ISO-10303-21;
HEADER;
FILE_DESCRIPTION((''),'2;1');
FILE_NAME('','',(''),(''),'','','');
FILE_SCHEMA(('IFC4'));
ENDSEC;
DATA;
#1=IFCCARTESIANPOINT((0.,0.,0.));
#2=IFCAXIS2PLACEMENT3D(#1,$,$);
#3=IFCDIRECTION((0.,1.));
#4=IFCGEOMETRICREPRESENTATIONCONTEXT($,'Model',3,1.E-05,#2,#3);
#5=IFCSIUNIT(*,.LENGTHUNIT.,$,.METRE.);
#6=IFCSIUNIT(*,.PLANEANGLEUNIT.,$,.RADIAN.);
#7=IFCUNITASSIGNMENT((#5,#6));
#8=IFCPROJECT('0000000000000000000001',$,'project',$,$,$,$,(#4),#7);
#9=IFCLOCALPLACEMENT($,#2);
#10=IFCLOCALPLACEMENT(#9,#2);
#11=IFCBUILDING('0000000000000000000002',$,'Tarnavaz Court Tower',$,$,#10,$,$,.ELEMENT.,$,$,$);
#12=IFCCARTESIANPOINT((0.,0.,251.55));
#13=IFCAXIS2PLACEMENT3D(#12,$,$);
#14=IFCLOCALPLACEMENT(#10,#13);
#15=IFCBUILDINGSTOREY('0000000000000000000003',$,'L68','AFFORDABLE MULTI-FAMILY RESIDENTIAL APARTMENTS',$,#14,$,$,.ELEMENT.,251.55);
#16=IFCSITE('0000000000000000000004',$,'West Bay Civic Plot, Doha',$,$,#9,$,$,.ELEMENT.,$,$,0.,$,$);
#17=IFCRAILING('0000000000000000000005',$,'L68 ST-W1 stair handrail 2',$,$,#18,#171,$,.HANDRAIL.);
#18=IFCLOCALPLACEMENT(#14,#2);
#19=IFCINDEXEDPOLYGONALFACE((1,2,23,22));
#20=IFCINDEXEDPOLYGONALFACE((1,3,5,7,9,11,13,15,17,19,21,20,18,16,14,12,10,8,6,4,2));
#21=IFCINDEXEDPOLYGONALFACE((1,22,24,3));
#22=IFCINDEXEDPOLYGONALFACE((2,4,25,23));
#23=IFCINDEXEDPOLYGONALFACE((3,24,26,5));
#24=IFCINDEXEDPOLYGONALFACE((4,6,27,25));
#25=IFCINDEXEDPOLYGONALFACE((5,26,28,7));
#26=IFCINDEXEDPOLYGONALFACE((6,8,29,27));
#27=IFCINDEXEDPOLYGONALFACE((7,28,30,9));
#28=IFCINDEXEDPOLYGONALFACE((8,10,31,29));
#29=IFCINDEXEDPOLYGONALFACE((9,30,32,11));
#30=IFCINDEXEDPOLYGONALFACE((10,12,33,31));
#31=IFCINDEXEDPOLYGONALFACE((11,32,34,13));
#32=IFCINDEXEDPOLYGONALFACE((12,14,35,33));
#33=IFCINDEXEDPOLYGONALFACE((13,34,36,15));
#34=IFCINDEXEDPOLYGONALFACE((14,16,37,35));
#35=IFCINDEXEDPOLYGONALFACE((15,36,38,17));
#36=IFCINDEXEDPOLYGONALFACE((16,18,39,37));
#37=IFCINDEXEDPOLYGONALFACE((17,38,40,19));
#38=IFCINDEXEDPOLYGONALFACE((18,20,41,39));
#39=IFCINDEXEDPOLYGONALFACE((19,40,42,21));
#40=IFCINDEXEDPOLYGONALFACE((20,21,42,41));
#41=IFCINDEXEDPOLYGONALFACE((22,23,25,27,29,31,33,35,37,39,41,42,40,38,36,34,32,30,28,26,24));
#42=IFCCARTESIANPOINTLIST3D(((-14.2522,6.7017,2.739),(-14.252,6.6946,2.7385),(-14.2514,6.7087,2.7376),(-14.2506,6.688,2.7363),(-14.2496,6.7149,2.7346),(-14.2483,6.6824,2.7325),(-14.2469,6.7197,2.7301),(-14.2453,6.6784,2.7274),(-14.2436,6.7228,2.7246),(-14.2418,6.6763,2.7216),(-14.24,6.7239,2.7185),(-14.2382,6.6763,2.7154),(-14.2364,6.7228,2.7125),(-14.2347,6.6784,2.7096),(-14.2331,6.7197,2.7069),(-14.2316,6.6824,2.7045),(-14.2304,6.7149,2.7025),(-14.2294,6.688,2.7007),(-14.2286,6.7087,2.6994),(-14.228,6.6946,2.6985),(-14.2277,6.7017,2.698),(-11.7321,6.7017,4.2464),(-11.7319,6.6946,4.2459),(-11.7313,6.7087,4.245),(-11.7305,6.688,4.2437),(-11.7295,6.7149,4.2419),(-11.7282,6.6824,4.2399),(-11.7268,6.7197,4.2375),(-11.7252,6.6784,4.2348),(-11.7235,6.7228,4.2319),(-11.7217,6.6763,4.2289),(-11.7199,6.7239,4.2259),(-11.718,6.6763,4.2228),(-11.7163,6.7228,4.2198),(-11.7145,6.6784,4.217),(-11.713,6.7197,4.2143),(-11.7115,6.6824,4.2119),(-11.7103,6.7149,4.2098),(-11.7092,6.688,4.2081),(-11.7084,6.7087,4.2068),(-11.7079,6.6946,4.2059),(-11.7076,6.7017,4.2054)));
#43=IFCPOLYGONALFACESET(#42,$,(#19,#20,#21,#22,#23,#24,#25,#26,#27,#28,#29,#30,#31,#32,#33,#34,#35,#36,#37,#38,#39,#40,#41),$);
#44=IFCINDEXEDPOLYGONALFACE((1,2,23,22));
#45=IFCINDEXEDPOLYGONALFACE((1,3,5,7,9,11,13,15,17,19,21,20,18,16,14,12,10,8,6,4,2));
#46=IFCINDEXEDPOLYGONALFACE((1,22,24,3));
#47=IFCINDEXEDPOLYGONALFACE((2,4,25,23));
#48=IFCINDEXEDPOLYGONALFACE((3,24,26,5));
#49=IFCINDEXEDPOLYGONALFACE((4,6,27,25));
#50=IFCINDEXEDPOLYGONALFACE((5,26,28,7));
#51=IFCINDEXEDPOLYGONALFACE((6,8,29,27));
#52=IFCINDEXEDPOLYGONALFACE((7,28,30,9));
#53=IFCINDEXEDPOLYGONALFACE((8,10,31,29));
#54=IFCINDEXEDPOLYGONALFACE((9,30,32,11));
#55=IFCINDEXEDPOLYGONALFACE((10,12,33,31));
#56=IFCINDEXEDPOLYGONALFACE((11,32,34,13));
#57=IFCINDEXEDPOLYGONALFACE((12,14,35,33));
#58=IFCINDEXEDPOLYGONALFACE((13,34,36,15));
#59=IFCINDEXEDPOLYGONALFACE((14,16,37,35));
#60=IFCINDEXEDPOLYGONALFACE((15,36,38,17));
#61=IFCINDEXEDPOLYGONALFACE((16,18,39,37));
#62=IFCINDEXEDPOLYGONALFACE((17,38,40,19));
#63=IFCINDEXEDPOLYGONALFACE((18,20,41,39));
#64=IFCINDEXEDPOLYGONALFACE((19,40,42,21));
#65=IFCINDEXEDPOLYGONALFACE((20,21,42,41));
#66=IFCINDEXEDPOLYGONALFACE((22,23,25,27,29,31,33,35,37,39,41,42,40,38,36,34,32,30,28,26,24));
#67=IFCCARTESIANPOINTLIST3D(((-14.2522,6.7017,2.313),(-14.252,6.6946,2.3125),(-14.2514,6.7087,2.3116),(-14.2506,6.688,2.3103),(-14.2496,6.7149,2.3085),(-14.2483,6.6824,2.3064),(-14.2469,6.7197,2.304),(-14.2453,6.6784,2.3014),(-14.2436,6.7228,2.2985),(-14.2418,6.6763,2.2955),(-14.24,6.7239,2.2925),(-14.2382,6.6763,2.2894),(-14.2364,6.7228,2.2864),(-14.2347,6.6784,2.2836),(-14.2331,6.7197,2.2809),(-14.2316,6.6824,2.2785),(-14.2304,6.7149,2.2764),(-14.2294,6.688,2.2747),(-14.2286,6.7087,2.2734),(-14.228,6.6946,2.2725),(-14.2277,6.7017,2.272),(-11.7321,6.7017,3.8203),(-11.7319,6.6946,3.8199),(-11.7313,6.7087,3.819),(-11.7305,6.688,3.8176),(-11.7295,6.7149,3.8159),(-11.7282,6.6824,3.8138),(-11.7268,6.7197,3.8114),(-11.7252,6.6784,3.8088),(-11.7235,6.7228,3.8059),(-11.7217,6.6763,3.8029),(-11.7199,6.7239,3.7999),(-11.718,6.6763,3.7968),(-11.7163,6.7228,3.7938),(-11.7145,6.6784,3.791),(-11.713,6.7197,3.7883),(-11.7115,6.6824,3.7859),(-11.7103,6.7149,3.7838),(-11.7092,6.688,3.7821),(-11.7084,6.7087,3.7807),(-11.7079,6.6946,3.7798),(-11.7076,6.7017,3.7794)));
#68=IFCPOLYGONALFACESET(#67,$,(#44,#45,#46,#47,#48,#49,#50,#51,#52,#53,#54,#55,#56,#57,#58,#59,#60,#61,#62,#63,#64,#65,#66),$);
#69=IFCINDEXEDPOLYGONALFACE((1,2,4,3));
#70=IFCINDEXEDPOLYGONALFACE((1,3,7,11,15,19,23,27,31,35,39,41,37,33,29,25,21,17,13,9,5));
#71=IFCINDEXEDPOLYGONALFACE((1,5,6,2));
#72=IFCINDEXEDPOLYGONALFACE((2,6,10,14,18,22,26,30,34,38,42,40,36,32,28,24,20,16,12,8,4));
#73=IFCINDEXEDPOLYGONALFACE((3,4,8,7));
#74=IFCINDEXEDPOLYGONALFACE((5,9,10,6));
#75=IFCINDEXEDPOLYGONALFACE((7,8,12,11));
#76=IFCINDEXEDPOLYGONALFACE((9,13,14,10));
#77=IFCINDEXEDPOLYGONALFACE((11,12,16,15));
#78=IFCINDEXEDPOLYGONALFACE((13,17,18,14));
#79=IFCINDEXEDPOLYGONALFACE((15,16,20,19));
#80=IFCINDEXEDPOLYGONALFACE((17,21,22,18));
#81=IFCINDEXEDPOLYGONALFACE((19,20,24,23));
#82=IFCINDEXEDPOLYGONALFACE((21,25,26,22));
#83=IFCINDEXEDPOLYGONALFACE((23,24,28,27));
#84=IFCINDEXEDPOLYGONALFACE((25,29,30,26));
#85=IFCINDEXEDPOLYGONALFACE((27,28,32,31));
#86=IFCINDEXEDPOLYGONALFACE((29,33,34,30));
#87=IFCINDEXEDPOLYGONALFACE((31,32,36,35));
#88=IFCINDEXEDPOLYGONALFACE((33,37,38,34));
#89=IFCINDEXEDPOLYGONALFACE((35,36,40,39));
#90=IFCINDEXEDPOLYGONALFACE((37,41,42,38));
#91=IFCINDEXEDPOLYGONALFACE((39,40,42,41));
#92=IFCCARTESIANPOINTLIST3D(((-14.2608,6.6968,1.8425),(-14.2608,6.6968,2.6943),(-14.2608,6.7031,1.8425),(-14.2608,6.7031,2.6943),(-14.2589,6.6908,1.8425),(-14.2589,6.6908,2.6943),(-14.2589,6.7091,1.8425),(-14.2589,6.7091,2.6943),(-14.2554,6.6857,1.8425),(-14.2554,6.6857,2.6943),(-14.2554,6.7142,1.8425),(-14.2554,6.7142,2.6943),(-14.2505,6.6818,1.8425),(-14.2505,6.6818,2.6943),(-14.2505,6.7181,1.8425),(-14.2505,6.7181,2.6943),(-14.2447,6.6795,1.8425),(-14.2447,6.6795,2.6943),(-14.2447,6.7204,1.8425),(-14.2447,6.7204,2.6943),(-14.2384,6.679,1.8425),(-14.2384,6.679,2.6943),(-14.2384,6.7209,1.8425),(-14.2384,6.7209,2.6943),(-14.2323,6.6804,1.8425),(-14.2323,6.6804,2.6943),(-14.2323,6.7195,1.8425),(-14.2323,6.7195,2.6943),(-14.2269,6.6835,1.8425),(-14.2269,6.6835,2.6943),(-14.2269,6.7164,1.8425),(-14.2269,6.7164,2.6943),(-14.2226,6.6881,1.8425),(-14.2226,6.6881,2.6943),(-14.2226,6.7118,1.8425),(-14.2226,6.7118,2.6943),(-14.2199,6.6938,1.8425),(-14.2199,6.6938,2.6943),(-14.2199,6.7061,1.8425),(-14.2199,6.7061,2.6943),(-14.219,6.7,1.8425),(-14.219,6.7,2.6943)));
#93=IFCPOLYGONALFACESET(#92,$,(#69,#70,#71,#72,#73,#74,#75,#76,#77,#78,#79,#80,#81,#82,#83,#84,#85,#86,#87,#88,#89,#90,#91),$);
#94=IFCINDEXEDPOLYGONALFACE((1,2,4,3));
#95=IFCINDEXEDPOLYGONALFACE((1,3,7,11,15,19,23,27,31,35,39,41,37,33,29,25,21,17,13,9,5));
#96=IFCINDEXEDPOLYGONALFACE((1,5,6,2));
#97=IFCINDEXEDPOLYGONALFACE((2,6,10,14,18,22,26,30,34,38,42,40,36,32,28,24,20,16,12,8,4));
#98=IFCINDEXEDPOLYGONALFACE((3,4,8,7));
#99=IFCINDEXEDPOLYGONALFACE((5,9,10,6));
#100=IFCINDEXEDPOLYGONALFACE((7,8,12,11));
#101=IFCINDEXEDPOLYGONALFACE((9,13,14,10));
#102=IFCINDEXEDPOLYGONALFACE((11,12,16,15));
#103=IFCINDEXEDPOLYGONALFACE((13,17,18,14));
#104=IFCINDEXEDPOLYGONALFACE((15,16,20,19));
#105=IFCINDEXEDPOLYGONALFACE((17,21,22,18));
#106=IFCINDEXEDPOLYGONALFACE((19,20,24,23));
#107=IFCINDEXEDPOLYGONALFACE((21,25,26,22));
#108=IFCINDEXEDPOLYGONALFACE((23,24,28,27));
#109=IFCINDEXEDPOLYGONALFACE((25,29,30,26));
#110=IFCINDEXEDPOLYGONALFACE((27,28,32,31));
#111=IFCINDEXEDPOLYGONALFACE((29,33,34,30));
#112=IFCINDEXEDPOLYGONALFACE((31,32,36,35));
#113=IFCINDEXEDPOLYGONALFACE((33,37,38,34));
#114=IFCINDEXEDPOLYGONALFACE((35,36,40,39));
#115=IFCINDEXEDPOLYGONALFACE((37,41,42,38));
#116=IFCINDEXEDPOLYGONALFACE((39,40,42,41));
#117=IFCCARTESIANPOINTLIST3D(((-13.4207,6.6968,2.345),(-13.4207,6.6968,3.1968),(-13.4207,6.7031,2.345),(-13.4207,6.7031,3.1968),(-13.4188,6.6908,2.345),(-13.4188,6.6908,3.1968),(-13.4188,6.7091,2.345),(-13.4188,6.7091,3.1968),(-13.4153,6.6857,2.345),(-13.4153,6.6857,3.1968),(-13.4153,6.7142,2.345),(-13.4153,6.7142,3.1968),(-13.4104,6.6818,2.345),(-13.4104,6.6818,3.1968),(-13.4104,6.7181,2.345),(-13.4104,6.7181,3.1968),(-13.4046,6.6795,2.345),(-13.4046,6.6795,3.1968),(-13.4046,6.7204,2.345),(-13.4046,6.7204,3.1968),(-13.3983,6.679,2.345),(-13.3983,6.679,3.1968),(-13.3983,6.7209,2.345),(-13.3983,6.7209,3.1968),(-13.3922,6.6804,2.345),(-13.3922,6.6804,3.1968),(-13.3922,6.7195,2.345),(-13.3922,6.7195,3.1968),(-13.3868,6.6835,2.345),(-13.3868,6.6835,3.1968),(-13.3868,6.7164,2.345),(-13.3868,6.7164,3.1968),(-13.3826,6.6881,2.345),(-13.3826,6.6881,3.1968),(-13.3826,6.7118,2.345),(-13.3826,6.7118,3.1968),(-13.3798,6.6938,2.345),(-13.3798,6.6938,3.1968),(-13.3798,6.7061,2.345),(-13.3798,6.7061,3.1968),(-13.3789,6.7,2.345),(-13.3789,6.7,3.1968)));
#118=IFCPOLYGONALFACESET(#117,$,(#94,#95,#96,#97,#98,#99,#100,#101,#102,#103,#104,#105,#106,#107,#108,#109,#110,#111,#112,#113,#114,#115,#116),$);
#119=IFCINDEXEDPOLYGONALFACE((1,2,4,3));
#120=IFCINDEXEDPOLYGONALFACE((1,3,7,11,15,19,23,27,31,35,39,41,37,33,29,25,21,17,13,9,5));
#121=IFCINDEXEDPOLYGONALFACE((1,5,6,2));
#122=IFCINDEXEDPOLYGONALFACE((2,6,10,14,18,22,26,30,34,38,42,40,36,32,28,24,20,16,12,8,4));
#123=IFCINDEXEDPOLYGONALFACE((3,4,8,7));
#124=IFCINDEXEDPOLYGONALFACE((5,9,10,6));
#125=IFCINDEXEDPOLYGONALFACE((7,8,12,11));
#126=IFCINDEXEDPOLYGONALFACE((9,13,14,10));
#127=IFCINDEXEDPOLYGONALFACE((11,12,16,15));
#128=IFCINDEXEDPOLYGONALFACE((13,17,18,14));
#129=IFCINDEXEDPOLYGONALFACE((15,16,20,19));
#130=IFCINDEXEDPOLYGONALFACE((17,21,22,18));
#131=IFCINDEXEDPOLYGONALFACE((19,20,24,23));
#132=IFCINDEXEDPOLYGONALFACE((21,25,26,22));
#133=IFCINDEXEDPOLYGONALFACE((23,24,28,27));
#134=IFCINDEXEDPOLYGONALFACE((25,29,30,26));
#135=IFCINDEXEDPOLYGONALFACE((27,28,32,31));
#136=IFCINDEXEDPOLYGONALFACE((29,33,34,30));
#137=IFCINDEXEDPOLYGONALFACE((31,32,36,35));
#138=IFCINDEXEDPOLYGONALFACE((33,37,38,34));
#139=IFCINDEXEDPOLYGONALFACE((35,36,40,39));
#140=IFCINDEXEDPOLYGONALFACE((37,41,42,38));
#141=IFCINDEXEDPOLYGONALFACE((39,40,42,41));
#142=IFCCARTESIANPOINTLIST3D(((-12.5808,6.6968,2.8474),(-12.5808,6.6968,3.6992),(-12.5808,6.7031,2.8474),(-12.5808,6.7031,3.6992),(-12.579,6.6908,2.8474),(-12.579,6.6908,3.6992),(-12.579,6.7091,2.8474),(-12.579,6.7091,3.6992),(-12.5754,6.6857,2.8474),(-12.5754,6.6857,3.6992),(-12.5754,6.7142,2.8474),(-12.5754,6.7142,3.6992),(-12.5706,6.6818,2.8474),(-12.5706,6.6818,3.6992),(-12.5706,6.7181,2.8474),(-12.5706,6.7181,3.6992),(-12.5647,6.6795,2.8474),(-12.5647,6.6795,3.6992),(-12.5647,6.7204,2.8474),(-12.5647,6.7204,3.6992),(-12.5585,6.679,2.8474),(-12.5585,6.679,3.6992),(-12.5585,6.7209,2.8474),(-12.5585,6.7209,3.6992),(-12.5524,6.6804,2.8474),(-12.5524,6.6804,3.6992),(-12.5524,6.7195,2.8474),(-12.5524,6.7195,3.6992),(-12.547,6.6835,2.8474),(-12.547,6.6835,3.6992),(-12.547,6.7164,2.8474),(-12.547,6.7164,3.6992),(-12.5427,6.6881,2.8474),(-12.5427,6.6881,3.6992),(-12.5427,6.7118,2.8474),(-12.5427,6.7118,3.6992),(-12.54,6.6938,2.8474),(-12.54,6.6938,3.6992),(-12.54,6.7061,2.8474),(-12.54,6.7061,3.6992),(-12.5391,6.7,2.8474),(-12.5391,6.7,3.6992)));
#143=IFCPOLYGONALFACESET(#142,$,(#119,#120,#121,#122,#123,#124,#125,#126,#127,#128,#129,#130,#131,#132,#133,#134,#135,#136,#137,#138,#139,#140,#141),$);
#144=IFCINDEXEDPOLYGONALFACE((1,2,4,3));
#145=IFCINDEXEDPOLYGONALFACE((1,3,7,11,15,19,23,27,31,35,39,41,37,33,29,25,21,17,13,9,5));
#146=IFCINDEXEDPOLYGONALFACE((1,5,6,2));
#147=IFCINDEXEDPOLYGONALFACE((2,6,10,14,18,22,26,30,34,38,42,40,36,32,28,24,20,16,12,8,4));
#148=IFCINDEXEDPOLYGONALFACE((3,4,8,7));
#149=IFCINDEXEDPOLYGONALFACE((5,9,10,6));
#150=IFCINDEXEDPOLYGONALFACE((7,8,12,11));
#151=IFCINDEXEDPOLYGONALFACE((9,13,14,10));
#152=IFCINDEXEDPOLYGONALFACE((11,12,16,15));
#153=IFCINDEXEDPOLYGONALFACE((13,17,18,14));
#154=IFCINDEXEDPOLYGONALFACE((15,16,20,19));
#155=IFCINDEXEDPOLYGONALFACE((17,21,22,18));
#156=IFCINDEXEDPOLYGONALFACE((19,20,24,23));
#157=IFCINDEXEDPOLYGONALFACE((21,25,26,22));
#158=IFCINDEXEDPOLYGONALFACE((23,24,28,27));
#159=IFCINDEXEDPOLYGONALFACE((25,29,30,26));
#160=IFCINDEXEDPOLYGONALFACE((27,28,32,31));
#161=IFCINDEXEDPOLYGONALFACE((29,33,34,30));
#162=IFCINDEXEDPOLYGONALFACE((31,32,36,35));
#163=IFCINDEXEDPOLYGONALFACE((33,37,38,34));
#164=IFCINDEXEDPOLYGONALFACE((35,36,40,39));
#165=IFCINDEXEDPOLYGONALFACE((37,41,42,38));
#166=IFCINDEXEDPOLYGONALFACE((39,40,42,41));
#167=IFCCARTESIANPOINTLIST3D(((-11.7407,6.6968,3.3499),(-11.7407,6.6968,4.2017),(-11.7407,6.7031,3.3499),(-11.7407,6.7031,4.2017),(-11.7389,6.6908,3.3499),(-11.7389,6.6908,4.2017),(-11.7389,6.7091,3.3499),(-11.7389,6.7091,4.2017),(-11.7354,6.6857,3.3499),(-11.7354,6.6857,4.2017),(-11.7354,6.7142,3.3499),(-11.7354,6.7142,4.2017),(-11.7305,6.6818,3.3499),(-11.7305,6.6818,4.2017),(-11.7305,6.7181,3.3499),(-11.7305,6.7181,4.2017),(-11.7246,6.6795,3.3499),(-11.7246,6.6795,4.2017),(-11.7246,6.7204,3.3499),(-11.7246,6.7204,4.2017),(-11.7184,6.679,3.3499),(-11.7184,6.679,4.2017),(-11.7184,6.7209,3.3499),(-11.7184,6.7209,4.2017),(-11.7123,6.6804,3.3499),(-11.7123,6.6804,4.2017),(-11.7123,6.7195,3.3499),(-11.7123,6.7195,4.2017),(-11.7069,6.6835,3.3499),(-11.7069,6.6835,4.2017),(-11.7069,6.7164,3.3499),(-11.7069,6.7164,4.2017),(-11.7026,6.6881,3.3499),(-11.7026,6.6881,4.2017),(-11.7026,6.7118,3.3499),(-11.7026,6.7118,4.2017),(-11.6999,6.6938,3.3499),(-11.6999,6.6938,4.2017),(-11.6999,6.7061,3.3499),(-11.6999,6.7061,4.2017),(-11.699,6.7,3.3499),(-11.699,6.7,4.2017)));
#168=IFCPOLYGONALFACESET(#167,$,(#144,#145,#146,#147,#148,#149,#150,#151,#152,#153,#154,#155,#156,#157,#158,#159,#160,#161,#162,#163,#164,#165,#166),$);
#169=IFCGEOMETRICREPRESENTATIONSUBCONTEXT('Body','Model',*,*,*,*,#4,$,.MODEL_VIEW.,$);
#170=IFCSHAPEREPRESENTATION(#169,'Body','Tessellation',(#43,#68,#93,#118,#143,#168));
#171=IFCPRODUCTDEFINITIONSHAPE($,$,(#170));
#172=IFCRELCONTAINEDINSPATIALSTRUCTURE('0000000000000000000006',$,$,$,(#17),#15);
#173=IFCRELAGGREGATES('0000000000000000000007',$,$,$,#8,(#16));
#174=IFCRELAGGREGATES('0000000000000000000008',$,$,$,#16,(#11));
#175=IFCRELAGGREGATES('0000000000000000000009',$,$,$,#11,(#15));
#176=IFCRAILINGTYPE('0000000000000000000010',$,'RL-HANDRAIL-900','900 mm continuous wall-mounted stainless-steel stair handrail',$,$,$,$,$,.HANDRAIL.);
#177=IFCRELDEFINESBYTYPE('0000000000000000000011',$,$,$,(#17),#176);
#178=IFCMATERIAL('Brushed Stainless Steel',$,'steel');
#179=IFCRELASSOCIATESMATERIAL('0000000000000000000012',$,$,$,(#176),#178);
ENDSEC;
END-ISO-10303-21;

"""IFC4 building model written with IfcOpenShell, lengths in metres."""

from ifc_helpers import new_model, si_unit, direction, frame, origin, origin_2d, place, context, subcontext, project, spatial, circle, extrude, material, type_object, element, save


model = new_model("IFC4")

# Units and contexts
model_context = context("Model", 3, precision=1e-05, world=origin(), true_north=direction((0.0, 1.0)))
body_context = subcontext(model_context, "Body", "Model", "MODEL_VIEW")
ifc_project = project(units=[si_unit("LENGTHUNIT", "METRE"), si_unit("PLANEANGLEUNIT", "RADIAN")], contexts=[model_context])

# Site, building, storey
site_placement = place(None, origin())
site = spatial("IfcSite", under=ifc_project, at=site_placement, Name="West Bay Civic Plot, Doha", CompositionType="ELEMENT", RefElevation=0.0)
building_placement = place(site_placement, origin())
building = spatial("IfcBuilding", under=site, at=building_placement, Name="Tarnavaz Court Tower", CompositionType="ELEMENT")
storey_placement = place(building_placement, frame((0.0, 0.0, 251.55)))
storey = spatial("IfcBuildingStorey", under=building, at=storey_placement, Name="L68", Description="AFFORDABLE MULTI-FAMILY RESIDENTIAL APARTMENTS", CompositionType="ELEMENT", Elevation=251.55)

# Railing
ifc_material_1 = material(Name="Brushed Stainless Steel", Category="steel")
railing_type_1 = type_object("IfcRailingType", Name="RL-HANDRAIL-900", Description="900 mm continuous wall-mounted stainless-steel stair handrail", PredefinedType="HANDRAIL", material=ifc_material_1)
railing_1_placement = place(storey_placement, frame((-14.24, 6.7, 1.8425)))
element("IfcRailing", 1, at=railing_1_placement, inside=storey, type_object=railing_type_1, Name="L68 ST-W1 stair handrail 2", PredefinedType="HANDRAIL", context=body_context, shape_type="SweptSolid", body=[
    extrude(circle(Radius=0.0239, at=origin_2d()), frame((0.0, 0.0, 0.876), z_axis=(0.858196, 0.0, 0.513321), x_axis=(0.0, 1.0, 0.0)), (0.0, 0.0, 1.0), 2.9365),
    extrude(circle(Radius=0.0239, at=origin_2d()), frame((0.0, 0.0, 0.45), z_axis=(0.858196, 0.0, 0.513321), x_axis=(0.0, 1.0, 0.0)), (0.0, 0.0, 1.0), 2.9365),
    extrude(circle(Radius=0.021, at=origin_2d()), origin(), (0.0, 0.0, 1.0), 0.8518),
    extrude(circle(Radius=0.021, at=origin_2d()), frame((0.8401, 0.0, 0.5024)), (0.0, 0.0, 1.0), 0.8518),
    extrude(circle(Radius=0.021, at=origin_2d()), frame((1.6799, 0.0, 1.0049)), (0.0, 0.0, 1.0), 0.8518),
    extrude(circle(Radius=0.021, at=origin_2d()), frame((2.52, 0.0, 1.5073)), (0.0, 0.0, 1.0), 0.8518),
])

save(model, "model.ifc")
